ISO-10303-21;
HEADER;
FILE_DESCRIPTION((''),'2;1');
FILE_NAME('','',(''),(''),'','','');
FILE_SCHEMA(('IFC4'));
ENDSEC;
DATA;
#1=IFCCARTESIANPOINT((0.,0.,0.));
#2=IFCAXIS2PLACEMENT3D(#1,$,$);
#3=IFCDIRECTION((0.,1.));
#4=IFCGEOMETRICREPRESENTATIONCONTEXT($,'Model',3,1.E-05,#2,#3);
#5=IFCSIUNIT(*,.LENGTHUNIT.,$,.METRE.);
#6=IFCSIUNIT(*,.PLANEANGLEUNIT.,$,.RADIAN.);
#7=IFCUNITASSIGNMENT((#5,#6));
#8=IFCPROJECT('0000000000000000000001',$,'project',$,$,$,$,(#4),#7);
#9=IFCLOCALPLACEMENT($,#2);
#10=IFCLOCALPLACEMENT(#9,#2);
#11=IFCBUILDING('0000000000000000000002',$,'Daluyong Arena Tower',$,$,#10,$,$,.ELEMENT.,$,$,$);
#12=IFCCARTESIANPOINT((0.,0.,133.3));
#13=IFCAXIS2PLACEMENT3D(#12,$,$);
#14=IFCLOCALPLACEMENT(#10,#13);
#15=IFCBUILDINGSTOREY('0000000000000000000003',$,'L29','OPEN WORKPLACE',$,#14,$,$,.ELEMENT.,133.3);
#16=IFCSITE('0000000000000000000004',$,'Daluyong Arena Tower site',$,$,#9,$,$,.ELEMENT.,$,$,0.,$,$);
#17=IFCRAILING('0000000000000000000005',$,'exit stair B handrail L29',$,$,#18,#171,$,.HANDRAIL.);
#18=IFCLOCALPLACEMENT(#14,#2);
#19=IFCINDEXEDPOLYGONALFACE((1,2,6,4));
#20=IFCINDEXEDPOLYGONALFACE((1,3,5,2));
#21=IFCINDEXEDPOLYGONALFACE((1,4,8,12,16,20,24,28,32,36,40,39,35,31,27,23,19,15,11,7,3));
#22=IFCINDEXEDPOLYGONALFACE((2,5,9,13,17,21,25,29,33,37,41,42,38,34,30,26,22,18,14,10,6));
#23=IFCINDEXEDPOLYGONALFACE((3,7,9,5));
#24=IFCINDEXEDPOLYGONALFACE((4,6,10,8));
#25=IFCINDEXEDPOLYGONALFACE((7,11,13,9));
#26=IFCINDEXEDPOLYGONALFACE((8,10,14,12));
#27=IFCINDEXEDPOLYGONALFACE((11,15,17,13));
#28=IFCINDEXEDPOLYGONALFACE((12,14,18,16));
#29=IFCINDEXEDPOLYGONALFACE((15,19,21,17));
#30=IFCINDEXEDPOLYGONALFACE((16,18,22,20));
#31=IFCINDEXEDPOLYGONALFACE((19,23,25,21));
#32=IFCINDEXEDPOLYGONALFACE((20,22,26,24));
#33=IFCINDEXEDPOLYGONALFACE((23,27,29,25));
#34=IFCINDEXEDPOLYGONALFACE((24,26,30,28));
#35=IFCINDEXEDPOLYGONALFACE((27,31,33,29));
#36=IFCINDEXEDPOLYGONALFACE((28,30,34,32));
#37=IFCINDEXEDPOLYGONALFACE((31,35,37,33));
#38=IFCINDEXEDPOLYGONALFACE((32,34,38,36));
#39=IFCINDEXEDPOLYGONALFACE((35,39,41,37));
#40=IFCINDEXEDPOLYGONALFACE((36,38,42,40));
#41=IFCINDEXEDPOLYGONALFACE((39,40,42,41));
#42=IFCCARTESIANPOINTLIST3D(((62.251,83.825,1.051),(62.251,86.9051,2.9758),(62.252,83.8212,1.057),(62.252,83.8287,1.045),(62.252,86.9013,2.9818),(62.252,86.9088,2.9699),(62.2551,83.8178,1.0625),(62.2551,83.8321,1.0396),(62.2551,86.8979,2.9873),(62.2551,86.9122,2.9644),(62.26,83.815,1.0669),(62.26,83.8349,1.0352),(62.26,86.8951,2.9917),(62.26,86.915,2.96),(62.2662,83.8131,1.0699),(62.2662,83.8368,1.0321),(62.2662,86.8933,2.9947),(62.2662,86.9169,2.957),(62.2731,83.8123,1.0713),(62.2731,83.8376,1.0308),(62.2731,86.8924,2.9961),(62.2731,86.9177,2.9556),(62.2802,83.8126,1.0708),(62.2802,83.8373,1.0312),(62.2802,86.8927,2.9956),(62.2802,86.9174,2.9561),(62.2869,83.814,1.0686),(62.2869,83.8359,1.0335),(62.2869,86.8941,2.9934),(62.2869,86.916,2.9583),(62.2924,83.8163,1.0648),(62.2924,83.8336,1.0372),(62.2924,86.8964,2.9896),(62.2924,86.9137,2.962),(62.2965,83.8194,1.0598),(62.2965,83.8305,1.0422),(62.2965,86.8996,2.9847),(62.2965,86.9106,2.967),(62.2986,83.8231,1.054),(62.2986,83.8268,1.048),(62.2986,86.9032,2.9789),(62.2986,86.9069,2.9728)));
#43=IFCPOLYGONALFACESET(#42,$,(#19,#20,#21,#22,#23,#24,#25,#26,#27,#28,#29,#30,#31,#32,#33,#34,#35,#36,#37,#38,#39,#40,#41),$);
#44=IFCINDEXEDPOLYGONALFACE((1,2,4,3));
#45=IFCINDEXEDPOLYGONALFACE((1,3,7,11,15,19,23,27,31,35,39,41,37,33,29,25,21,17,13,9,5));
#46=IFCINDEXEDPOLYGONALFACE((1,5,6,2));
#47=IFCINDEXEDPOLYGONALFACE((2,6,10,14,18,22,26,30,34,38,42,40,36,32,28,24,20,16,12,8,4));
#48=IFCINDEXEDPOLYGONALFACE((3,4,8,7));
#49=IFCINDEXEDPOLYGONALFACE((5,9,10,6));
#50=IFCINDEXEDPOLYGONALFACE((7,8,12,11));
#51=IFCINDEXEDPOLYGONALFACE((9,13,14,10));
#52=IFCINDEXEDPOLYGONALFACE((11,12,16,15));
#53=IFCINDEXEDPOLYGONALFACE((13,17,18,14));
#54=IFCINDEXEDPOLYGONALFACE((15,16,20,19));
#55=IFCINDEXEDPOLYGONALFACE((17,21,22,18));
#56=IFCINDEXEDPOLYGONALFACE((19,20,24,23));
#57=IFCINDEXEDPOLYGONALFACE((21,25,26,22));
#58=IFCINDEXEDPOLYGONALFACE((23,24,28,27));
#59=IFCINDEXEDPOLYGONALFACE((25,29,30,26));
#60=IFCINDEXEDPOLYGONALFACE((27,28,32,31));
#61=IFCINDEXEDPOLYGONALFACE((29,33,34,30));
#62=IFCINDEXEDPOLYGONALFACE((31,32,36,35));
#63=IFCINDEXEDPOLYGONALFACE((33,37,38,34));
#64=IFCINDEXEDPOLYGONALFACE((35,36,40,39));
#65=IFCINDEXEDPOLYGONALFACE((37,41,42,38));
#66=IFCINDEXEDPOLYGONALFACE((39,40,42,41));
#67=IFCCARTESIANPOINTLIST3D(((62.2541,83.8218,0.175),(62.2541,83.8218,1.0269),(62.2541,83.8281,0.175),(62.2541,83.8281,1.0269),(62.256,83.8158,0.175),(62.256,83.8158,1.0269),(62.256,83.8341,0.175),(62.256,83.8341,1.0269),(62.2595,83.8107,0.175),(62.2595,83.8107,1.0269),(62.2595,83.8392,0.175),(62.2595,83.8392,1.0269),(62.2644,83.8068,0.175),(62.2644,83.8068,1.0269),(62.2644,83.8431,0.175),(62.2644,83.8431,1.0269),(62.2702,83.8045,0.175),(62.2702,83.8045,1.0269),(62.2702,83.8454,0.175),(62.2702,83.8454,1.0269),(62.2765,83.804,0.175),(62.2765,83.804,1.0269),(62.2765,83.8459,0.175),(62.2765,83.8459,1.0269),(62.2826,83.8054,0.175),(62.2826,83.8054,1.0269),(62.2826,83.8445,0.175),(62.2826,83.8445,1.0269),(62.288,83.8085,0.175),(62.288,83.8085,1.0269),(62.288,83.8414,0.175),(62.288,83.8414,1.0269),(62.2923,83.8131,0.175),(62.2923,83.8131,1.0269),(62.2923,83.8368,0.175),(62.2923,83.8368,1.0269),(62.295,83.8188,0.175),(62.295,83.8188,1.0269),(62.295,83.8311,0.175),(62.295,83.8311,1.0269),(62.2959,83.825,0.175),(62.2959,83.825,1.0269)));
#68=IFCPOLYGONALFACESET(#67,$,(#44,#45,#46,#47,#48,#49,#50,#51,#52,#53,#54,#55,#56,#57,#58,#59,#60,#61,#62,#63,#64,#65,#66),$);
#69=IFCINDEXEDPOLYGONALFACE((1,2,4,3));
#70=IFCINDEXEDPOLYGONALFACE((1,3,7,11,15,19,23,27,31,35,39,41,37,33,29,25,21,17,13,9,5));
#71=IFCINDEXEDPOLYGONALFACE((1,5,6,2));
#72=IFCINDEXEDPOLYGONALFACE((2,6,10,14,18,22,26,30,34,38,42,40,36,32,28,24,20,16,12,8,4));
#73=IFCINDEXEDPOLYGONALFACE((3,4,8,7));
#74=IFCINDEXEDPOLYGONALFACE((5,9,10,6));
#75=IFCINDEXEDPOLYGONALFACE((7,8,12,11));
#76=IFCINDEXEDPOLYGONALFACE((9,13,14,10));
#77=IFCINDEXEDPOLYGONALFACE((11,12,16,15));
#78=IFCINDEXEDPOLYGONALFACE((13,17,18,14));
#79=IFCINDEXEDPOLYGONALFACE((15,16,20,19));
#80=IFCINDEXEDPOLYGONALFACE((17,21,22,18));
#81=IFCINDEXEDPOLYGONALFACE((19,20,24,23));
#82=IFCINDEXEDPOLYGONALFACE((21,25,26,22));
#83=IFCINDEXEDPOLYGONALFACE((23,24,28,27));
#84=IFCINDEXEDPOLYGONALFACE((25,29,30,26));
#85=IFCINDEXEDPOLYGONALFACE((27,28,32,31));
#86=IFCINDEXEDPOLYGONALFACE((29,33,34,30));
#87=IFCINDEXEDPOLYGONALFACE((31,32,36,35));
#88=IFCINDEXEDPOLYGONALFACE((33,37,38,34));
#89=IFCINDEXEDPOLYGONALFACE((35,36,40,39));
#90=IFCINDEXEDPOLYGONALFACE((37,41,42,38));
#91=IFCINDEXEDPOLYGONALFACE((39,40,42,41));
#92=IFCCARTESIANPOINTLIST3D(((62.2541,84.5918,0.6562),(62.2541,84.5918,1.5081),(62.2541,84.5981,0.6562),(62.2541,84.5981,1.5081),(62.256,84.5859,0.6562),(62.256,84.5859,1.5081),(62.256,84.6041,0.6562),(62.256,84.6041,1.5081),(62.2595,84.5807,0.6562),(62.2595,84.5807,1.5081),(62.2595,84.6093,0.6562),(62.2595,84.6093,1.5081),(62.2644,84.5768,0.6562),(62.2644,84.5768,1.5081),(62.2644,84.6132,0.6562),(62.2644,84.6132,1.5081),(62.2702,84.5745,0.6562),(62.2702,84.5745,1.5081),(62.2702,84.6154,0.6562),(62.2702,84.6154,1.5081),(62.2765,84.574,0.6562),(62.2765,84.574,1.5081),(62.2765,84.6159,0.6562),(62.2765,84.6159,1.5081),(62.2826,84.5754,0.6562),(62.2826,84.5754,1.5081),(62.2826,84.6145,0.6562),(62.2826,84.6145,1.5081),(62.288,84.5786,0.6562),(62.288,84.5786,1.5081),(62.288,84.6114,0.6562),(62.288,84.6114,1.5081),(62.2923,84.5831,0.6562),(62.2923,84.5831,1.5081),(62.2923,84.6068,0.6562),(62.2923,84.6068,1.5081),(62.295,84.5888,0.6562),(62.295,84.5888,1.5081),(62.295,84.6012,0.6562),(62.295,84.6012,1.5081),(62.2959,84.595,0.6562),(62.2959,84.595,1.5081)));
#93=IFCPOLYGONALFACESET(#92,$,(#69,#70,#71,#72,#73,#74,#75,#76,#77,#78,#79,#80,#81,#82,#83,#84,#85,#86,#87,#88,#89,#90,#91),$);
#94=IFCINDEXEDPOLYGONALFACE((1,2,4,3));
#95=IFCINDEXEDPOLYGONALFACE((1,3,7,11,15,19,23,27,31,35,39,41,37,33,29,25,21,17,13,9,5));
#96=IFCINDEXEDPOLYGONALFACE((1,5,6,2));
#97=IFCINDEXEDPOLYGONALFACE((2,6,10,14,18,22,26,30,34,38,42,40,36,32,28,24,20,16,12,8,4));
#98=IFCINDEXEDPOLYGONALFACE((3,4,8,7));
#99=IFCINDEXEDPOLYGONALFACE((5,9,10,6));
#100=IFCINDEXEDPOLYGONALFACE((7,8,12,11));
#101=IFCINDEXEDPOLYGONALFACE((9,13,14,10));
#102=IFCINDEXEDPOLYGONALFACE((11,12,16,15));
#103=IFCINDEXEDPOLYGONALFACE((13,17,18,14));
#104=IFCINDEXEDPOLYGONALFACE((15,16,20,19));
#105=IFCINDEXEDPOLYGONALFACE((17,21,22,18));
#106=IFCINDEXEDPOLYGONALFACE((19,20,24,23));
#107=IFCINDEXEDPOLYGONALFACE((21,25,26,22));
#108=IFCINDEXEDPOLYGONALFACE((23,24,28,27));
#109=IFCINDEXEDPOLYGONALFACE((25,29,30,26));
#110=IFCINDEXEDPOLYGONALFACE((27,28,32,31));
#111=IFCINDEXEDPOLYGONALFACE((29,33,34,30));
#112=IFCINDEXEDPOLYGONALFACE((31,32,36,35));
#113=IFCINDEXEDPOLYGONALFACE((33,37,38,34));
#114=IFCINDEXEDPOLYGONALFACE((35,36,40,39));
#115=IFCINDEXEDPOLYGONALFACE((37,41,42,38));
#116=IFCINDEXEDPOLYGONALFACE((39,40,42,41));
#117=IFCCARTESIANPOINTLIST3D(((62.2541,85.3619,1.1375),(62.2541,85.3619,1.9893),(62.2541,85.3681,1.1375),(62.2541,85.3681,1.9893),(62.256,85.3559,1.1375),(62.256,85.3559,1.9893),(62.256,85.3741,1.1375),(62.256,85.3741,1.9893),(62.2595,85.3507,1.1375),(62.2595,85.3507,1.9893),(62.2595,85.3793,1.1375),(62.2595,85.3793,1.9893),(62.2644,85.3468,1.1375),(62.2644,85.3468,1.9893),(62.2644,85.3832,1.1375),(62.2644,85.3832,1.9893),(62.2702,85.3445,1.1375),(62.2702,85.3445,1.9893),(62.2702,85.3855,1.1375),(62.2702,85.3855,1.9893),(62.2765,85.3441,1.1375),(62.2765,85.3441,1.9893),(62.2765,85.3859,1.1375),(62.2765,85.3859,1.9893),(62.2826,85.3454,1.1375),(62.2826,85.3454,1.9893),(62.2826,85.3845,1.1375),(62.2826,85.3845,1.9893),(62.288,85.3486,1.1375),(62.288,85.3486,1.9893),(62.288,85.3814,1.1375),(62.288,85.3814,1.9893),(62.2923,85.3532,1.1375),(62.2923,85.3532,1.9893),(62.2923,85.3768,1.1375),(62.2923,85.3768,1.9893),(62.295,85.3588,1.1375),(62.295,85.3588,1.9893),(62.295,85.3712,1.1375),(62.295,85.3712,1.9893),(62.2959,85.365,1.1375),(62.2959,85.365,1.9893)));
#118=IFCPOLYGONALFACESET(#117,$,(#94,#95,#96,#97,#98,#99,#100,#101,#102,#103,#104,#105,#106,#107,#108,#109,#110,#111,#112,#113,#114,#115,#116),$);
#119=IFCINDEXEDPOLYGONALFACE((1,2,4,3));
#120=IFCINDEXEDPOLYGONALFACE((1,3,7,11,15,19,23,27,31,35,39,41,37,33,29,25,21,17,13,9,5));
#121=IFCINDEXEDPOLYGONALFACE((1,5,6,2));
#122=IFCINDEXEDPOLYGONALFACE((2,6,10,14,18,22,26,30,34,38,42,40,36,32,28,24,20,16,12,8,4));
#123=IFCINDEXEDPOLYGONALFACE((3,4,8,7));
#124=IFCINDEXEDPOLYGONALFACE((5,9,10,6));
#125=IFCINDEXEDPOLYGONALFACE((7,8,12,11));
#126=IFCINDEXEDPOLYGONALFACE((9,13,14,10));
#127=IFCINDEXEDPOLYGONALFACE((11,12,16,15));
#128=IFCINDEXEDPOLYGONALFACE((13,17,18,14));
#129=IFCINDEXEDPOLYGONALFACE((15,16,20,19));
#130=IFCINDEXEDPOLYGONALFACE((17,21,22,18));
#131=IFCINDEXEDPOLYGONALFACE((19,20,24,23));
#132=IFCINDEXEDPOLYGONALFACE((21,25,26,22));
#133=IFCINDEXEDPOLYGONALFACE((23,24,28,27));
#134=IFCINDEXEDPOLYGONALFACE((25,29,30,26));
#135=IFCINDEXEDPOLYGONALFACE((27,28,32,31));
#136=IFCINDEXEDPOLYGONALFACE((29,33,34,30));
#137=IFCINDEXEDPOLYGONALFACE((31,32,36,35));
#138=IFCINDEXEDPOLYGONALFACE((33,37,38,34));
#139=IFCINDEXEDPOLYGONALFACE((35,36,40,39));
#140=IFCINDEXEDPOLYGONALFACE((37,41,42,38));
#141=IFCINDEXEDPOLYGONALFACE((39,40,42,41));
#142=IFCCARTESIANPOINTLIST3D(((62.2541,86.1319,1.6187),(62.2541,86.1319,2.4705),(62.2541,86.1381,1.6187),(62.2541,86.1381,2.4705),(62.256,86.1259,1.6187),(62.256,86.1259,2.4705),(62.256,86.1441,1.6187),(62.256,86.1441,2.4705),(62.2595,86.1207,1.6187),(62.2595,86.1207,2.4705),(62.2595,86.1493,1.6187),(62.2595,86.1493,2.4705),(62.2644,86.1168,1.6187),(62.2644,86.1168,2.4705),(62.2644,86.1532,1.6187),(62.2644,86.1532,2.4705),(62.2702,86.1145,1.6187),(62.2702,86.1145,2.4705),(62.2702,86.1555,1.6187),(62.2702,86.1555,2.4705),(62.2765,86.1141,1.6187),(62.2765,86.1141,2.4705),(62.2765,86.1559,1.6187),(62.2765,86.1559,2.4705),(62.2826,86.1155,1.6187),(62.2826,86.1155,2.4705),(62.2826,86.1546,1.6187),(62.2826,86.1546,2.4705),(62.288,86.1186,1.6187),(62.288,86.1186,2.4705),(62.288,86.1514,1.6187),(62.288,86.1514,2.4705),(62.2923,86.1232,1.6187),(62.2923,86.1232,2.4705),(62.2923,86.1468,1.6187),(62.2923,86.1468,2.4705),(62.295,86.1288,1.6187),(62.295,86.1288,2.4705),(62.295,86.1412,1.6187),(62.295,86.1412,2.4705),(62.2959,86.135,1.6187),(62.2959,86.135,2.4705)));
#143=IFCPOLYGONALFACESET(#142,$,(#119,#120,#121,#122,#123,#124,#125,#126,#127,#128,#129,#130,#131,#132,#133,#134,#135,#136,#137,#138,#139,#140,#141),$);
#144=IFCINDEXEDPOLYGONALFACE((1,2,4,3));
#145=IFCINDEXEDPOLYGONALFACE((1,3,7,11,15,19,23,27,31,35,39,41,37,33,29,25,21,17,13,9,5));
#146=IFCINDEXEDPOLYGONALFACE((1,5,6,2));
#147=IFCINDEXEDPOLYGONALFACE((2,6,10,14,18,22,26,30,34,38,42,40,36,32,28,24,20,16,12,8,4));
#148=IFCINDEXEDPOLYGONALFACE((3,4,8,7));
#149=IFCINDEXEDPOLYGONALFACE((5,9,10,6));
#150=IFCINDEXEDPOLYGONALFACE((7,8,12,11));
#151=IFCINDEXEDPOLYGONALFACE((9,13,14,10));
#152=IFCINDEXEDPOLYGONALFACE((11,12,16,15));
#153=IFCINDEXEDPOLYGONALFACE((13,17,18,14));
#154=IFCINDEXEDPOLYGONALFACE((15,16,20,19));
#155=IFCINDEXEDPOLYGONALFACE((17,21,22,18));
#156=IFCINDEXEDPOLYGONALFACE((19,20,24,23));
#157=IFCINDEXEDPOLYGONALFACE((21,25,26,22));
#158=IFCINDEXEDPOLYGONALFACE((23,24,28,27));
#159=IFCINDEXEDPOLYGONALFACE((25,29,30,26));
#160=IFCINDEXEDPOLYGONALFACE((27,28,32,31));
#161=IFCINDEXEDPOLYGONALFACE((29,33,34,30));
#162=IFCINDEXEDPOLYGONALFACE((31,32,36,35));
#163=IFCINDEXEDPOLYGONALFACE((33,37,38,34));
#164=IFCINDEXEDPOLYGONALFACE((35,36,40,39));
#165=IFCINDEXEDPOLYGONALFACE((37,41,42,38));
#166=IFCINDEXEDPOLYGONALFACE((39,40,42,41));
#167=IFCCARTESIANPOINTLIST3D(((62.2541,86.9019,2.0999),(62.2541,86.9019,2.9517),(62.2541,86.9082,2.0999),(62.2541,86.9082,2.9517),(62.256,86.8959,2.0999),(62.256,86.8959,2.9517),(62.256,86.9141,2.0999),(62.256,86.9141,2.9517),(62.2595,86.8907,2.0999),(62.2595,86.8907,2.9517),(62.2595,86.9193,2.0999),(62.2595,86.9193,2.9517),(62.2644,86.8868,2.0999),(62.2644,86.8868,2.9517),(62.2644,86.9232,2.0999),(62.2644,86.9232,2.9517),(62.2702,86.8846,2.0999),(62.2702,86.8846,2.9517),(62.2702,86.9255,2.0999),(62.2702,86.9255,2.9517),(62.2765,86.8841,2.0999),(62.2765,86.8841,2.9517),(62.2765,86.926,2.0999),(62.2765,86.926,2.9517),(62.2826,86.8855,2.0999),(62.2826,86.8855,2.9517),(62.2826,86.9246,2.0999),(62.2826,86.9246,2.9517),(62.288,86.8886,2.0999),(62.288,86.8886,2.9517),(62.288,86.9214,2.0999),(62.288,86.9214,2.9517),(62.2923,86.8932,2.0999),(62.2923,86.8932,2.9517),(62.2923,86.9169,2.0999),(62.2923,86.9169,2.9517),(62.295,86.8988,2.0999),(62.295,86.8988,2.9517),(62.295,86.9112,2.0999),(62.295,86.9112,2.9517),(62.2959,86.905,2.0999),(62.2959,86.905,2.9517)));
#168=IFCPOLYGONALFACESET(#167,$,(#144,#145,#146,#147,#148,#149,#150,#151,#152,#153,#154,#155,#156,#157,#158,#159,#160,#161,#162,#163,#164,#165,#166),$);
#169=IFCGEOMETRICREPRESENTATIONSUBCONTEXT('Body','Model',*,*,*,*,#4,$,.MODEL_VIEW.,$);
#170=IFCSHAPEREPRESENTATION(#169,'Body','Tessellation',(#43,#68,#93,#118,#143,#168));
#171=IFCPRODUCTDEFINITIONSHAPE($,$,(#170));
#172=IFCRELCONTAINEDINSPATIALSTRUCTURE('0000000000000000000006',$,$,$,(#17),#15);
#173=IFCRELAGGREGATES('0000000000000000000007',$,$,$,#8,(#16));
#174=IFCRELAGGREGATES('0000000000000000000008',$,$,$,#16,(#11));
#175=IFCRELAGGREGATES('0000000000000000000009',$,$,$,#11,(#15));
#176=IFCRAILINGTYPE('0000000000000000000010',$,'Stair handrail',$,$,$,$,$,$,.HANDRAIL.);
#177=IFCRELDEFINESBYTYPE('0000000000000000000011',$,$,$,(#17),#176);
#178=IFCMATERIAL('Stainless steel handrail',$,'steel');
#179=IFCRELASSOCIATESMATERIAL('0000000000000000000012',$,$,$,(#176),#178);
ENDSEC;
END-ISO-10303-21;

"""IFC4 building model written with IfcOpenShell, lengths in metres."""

from ifc_helpers import new_model, si_unit, direction, frame, origin, origin_2d, place, context, subcontext, project, spatial, circle, extrude, material, type_object, element, save


model = new_model("IFC4")

# Units and contexts
model_context = context("Model", 3, precision=1e-05, world=origin(), true_north=direction((0.0, 1.0)))
body_context = subcontext(model_context, "Body", "Model", "MODEL_VIEW")
ifc_project = project(units=[si_unit("LENGTHUNIT", "METRE"), si_unit("PLANEANGLEUNIT", "RADIAN")], contexts=[model_context])

# Site, building, storey
site_placement = place(None, origin())
site = spatial("IfcSite", under=ifc_project, at=site_placement, Name="Daluyong Arena Tower site", CompositionType="ELEMENT", RefElevation=0.0)
building_placement = place(site_placement, origin())
building = spatial("IfcBuilding", under=site, at=building_placement, Name="Daluyong Arena Tower", CompositionType="ELEMENT")
storey_placement = place(building_placement, frame((0.0, 0.0, 133.3)))
storey = spatial("IfcBuildingStorey", under=building, at=storey_placement, Name="L29", Description="OPEN WORKPLACE", CompositionType="ELEMENT", Elevation=133.3)

# Railing
ifc_material_1 = material(Name="Stainless steel handrail", Category="steel")
railing_type_1 = type_object("IfcRailingType", Name="Stair handrail", PredefinedType="HANDRAIL", material=ifc_material_1)
railing_1_placement = place(storey_placement, frame((62.2749, 83.825, 0.175)))
element("IfcRailing", 1, at=railing_1_placement, inside=storey, type_object=railing_type_1, Name="exit stair B handrail L29", PredefinedType="HANDRAIL", context=body_context, shape_type="SweptSolid", body=[
    extrude(circle(Radius=0.0239, at=origin_2d()), frame((0.0, 0.0, 0.876), z_axis=(0.0, 0.848029, 0.529951), x_axis=(-1.0, 0.0, 0.0)), (0.0, 0.0, 1.0), 3.6321),
    extrude(circle(Radius=0.021, at=origin_2d()), origin(), (0.0, 0.0, 1.0), 0.8518),
    extrude(circle(Radius=0.021, at=origin_2d()), frame((0.0, 0.77, 0.4812)), (0.0, 0.0, 1.0), 0.8518),
    extrude(circle(Radius=0.021, at=origin_2d()), frame((0.0, 1.54, 0.9624)), (0.0, 0.0, 1.0), 0.8518),
    extrude(circle(Radius=0.021, at=origin_2d()), frame((0.0, 2.3101, 1.4436)), (0.0, 0.0, 1.0), 0.8518),
    extrude(circle(Radius=0.021, at=origin_2d()), frame((0.0, 3.0801, 1.9248)), (0.0, 0.0, 1.0), 0.8518),
])

save(model, "model.ifc")
